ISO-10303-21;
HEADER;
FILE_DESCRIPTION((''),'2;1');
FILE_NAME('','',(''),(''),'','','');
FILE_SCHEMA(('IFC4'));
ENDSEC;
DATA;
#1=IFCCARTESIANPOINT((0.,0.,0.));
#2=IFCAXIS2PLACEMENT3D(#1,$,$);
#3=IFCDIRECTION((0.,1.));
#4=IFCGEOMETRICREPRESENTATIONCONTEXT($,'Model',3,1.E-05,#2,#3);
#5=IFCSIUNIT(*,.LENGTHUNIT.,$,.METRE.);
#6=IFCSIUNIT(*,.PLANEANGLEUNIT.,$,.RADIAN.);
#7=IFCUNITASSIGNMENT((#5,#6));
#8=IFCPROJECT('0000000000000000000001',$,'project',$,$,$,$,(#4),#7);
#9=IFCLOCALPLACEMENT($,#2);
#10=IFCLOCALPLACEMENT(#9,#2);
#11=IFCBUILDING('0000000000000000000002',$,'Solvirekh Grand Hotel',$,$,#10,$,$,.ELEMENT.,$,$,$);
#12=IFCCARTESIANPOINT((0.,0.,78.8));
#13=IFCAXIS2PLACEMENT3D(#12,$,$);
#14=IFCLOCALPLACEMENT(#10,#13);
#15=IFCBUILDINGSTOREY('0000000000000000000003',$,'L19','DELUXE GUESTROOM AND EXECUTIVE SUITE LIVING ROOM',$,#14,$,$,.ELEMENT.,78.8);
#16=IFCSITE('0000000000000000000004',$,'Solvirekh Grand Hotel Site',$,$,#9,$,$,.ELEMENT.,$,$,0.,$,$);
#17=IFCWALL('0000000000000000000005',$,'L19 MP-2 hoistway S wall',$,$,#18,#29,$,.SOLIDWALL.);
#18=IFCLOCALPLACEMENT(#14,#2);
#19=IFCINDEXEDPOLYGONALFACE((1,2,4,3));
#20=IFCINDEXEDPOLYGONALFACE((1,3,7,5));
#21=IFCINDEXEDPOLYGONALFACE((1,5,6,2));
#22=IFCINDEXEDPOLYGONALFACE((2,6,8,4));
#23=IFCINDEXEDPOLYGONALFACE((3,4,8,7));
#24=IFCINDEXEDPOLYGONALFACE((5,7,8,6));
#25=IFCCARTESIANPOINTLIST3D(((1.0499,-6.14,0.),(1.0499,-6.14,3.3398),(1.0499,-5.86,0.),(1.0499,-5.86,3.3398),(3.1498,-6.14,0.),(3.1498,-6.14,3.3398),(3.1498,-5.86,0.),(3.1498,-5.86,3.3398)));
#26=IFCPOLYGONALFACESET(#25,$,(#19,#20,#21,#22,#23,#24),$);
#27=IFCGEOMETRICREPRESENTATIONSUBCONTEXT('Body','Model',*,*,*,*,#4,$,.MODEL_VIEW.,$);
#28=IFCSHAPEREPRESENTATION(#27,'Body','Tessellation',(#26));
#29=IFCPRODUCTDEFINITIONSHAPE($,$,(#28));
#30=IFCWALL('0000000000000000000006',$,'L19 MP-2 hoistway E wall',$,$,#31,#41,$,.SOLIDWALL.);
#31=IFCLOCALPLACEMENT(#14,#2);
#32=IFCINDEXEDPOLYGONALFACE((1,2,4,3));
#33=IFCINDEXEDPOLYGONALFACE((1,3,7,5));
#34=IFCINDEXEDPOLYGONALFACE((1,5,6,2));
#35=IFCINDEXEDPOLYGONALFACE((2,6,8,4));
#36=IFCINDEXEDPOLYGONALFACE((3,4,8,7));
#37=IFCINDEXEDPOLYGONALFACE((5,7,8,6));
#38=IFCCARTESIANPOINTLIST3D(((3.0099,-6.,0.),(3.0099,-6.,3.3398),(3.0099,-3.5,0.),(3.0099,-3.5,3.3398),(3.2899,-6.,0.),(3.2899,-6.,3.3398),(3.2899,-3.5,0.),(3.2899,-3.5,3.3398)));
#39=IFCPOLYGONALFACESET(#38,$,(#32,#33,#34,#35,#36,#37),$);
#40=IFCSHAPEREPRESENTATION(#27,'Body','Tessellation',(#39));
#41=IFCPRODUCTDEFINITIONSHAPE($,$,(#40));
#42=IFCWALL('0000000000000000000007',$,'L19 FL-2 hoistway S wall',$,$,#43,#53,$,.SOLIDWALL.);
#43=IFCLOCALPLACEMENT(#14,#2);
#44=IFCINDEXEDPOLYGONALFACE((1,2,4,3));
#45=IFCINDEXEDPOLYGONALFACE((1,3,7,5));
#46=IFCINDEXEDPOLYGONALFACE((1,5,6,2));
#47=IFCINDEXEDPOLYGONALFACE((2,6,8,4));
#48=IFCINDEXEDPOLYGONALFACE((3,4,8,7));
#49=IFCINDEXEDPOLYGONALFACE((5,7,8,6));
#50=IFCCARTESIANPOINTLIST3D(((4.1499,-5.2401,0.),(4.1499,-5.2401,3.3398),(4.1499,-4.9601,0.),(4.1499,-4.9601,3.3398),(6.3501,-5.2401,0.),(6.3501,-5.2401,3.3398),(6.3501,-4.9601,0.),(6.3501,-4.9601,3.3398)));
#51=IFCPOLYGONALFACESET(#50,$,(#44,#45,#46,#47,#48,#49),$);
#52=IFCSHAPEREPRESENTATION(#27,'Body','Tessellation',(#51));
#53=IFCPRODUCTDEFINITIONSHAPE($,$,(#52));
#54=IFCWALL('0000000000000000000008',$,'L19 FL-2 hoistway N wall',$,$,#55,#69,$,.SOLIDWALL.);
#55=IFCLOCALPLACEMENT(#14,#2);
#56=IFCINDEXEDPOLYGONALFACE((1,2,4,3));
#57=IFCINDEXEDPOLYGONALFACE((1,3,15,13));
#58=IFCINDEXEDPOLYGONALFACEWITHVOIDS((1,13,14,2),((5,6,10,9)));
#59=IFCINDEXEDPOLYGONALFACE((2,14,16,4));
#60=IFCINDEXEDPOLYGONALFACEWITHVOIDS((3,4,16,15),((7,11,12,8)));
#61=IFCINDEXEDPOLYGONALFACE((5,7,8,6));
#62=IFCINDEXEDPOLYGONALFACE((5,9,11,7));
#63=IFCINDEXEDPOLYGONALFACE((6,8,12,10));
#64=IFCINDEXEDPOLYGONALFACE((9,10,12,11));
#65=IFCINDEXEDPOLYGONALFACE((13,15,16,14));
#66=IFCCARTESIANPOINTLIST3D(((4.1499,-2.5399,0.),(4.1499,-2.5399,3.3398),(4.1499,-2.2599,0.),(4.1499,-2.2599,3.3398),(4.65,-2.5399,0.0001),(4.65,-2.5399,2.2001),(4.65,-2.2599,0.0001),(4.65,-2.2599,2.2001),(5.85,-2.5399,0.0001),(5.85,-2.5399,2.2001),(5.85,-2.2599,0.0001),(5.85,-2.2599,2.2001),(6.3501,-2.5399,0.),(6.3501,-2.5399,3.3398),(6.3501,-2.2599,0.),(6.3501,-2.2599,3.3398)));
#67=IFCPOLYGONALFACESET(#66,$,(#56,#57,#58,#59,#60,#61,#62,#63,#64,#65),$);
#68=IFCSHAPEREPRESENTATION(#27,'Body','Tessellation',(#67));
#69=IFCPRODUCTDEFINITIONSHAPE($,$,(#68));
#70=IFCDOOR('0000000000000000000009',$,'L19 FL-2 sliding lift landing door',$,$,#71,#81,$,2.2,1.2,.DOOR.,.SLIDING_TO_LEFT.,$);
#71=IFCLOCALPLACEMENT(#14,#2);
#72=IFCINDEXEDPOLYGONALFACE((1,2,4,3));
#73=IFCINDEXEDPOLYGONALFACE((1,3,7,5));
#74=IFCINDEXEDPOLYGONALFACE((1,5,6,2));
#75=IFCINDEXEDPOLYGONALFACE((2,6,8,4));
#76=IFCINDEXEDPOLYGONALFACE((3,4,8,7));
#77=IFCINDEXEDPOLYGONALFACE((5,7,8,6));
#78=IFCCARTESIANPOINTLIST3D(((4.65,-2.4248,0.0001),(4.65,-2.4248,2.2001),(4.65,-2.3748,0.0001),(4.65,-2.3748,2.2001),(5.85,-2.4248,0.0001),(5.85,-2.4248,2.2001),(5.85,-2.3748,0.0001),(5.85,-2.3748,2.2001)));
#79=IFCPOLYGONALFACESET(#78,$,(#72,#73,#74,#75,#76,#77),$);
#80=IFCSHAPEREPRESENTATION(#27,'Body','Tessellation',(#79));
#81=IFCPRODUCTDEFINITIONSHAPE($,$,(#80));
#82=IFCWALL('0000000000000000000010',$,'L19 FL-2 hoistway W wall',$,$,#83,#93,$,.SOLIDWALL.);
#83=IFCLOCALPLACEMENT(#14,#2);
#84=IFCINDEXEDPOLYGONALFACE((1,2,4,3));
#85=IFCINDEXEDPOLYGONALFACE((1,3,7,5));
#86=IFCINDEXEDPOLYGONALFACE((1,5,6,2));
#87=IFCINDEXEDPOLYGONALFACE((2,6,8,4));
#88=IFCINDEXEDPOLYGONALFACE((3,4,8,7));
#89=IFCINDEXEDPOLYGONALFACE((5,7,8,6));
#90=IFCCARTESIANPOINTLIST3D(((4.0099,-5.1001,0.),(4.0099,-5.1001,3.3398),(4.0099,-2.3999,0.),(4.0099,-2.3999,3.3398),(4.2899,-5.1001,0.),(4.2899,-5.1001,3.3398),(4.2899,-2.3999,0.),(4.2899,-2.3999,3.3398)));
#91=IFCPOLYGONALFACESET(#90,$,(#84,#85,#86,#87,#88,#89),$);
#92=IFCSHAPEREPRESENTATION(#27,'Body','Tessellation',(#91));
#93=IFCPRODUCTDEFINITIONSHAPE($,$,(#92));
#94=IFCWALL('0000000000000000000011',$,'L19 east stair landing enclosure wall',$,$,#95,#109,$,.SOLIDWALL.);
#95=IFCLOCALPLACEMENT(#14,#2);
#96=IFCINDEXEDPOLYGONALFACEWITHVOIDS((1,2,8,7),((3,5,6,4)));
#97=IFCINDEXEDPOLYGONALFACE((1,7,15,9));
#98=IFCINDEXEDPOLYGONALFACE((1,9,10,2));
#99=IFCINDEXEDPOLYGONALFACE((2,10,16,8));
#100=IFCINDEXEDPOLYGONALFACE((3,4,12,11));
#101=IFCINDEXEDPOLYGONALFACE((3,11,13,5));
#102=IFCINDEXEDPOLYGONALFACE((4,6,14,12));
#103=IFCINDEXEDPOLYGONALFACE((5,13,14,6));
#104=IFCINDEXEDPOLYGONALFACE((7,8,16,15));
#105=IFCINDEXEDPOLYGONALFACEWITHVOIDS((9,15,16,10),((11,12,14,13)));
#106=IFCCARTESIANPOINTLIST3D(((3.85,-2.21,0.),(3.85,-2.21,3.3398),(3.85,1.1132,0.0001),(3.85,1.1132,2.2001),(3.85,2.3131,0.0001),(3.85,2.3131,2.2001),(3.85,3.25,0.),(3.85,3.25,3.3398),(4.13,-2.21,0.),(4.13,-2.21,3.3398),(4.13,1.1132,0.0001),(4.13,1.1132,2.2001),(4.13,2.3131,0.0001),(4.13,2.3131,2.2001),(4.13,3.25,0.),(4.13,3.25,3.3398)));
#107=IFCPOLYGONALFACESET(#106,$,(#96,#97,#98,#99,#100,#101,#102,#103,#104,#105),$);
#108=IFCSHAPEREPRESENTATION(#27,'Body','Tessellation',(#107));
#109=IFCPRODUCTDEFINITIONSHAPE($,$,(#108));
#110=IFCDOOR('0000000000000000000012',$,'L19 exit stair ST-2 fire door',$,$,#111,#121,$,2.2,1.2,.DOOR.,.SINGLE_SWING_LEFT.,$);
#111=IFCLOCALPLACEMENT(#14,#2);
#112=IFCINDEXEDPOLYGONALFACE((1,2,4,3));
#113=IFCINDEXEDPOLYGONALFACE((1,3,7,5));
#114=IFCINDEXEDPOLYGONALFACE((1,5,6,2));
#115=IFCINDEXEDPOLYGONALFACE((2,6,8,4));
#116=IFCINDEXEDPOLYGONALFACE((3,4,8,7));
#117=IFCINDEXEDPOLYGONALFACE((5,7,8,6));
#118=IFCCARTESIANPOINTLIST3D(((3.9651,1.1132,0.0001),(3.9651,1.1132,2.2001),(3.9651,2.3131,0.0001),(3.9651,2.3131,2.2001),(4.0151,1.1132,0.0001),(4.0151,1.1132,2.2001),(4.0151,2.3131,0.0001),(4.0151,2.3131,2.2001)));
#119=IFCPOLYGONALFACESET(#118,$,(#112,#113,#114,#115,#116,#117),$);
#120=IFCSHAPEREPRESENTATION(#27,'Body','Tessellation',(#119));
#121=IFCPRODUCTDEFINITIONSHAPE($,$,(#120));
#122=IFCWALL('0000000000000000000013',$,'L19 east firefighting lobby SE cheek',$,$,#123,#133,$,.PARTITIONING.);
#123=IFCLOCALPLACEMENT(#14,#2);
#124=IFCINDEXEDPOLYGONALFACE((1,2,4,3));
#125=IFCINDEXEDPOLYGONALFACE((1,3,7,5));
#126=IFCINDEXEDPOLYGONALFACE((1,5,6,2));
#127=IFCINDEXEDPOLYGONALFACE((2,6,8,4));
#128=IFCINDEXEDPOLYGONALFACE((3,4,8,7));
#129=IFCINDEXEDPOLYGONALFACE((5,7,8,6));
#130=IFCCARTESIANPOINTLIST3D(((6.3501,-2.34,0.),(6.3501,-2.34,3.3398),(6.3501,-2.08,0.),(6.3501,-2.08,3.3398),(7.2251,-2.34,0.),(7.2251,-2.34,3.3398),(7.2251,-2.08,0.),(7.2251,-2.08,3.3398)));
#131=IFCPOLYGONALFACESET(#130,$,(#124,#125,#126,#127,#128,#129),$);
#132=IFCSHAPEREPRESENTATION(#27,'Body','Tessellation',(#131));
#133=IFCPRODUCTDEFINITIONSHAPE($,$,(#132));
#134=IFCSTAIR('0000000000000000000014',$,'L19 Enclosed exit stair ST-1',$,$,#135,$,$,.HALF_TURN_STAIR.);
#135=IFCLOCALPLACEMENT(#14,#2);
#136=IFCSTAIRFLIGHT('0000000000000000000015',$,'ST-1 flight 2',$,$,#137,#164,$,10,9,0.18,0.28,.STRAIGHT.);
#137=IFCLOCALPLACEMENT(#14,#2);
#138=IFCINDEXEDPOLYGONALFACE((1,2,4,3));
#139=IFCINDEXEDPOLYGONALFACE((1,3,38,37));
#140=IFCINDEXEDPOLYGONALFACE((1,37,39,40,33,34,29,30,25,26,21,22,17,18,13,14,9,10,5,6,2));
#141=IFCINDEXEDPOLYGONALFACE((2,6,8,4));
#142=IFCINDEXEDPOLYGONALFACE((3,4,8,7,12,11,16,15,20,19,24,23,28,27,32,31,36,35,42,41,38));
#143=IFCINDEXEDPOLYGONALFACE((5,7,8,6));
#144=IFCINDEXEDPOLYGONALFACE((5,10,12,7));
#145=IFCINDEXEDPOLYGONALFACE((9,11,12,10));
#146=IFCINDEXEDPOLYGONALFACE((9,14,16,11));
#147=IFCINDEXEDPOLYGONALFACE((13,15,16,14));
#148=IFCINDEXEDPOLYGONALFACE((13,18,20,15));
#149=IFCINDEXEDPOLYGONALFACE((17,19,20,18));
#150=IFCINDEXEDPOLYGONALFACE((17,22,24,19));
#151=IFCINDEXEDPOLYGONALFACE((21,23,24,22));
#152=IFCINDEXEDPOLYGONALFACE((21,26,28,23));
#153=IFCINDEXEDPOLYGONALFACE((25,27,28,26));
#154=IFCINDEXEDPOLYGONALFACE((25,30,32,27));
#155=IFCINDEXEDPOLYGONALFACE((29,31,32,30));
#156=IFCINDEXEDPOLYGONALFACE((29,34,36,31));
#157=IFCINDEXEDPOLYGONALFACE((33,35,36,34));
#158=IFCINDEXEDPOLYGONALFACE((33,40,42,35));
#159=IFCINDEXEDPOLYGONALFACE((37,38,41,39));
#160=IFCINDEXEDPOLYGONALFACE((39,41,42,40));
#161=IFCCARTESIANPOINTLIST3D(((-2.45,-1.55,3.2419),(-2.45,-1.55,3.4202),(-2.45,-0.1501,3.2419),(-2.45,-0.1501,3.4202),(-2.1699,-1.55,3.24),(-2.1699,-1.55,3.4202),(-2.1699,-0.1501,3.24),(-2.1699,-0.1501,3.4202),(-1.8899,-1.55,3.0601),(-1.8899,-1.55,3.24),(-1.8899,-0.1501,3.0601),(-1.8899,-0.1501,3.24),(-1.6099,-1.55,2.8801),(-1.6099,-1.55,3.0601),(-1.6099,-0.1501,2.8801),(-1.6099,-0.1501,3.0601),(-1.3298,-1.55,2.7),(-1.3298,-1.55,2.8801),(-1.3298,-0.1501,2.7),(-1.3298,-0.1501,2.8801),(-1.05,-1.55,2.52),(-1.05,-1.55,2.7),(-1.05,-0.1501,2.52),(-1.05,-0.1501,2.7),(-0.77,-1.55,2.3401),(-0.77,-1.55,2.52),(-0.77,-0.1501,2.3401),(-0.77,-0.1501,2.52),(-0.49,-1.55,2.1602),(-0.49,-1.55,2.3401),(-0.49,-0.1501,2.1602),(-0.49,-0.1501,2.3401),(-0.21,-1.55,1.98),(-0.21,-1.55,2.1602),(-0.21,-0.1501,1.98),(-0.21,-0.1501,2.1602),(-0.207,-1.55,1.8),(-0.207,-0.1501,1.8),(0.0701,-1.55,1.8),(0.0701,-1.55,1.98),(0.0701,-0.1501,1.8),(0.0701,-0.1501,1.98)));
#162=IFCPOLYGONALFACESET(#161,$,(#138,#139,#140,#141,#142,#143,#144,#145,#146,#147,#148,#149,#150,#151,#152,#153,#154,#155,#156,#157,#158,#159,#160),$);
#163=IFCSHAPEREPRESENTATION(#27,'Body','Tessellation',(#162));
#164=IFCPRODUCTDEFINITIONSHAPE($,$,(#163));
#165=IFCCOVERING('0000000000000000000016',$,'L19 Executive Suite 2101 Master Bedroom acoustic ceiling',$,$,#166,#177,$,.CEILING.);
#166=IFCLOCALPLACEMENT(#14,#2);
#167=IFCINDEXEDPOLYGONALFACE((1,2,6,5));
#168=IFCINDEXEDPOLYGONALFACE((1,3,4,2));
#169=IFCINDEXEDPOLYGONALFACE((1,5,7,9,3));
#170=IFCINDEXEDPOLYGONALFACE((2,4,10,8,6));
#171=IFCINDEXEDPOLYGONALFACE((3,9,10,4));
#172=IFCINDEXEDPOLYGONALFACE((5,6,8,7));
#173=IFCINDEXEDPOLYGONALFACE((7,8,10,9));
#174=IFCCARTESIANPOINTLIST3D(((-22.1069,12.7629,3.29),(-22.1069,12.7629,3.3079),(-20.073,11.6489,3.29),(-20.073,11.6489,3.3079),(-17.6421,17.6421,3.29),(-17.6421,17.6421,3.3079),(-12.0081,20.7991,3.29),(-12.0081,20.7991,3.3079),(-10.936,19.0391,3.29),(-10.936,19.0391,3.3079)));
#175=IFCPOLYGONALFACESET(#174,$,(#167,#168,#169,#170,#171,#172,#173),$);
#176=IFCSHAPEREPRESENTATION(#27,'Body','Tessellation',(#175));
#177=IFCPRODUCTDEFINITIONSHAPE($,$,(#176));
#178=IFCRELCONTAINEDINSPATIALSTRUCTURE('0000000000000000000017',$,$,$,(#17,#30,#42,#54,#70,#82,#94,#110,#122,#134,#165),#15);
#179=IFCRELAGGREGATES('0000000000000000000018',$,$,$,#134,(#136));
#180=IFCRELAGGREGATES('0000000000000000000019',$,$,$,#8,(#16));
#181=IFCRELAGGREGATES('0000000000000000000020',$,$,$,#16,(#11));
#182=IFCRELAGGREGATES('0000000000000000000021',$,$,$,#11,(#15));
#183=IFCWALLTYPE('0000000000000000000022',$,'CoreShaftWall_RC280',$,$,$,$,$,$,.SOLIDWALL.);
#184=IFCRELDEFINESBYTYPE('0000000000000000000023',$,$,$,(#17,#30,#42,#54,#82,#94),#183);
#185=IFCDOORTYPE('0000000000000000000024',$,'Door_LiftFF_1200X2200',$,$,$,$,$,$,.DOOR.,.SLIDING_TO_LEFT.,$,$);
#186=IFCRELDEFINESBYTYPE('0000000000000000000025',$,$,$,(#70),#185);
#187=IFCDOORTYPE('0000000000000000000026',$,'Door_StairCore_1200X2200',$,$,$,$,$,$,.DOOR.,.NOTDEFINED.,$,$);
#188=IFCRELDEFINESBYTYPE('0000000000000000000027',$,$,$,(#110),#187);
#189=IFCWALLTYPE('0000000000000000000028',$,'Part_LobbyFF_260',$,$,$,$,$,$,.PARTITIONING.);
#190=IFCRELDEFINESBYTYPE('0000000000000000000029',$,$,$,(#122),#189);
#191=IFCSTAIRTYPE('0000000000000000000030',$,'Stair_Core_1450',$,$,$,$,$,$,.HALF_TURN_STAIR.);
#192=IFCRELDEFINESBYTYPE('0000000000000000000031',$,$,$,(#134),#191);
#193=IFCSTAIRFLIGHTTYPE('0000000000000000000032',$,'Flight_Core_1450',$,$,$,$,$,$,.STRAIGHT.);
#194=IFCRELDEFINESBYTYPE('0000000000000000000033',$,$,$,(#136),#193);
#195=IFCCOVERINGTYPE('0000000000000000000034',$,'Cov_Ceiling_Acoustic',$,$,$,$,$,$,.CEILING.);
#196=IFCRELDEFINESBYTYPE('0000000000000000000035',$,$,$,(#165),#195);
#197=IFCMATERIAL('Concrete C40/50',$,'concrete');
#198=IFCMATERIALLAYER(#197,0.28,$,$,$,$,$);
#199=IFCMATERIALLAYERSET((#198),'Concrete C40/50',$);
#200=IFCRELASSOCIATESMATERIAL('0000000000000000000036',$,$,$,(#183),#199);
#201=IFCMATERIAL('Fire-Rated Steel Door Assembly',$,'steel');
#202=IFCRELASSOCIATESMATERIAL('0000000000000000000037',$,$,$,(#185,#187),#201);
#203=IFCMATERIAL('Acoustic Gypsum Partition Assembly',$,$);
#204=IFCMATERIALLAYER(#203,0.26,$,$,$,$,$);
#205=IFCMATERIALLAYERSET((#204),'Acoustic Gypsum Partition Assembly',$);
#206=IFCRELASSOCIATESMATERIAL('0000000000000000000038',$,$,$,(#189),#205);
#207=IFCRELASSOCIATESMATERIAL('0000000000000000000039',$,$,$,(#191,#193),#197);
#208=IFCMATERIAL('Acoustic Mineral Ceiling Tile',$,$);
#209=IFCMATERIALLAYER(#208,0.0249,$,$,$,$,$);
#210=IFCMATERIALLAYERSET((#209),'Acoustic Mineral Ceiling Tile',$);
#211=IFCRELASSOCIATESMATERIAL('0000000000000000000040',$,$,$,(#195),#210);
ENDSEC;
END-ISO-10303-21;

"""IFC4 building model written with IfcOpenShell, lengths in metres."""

from ifc_helpers import new_model, si_unit, direction, frame, frame_2d, origin, place, context, subcontext, project, spatial, polyline, rectangle, outline, extrude, material, layer, layer_set, type_object, element, fill, aggregate, save


model = new_model("IFC4")

# Units and contexts
model_context = context("Model", 3, precision=1e-05, world=origin(), true_north=direction((0.0, 1.0)))
body_context = subcontext(model_context, "Body", "Model", "MODEL_VIEW")
ifc_project = project(units=[si_unit("LENGTHUNIT", "METRE"), si_unit("PLANEANGLEUNIT", "RADIAN")], contexts=[model_context])

# Site, building, storey
site_placement = place(None, origin())
site = spatial("IfcSite", under=ifc_project, at=site_placement, Name="Solvirekh Grand Hotel Site", CompositionType="ELEMENT", RefElevation=0.0)
building_placement = place(site_placement, origin())
building = spatial("IfcBuilding", under=site, at=building_placement, Name="Solvirekh Grand Hotel", CompositionType="ELEMENT")
storey_placement = place(building_placement, frame((0.0, 0.0, 78.8)))
storey = spatial("IfcBuildingStorey", under=building, at=storey_placement, Name="L19", Description="DELUXE GUESTROOM AND EXECUTIVE SUITE LIVING ROOM", CompositionType="ELEMENT", Elevation=78.8)

# Walls
ifc_material_1 = material(Name="Concrete C40/50", Category="concrete")
ifc_layer_1 = layer(ifc_material_1, 0.28)
ifc_layer_set_1 = layer_set([ifc_layer_1], Name="Concrete C40/50")
wall_type_1 = type_object("IfcWallType", Name="CoreShaftWall_RC280", PredefinedType="SOLIDWALL", material=ifc_layer_set_1)
wall_1_placement = place(storey_placement, frame((1.05, -6.0, 0.0), z_axis=(0.0, 0.0, 1.0), x_axis=(1.0, 0.0, 0.0)))
element("IfcWall", 1, at=wall_1_placement, inside=storey, type_object=wall_type_1, Name="L19 MP-2 hoistway S wall", PredefinedType="SOLIDWALL", context=body_context, shape_type="SweptSolid", body=[
    extrude(rectangle(XDim=2.0999, YDim=0.28, at=frame_2d((1.0498, 0.0))), origin(), (0.0, 0.0, 1.0), 3.3398),
])
wall_2_placement = place(storey_placement, frame((3.1499, -6.0, 0.0), z_axis=(0.0, 0.0, 1.0), x_axis=(0.0, 1.0, 0.0)))
element("IfcWall", 2, at=wall_2_placement, inside=storey, type_object=wall_type_1, Name="L19 MP-2 hoistway E wall", PredefinedType="SOLIDWALL", context=body_context, shape_type="SweptSolid", body=[
    extrude(rectangle(XDim=2.5, YDim=0.28, at=frame_2d((1.25, 0.0))), origin(), (0.0, 0.0, 1.0), 3.3398),
])
wall_3_placement = place(storey_placement, frame((4.1499, -5.1001, 0.0), z_axis=(0.0, 0.0, 1.0), x_axis=(1.0, 0.0, 0.0)))
element("IfcWall", 3, at=wall_3_placement, inside=storey, type_object=wall_type_1, Name="L19 FL-2 hoistway S wall", PredefinedType="SOLIDWALL", context=body_context, shape_type="SweptSolid", body=[
    extrude(rectangle(XDim=2.2002, YDim=0.28, at=frame_2d((1.1001, 0.0))), origin(), (0.0, 0.0, 1.0), 3.3398),
])

# Wall, opening, door
wall_4_placement = place(storey_placement, frame((6.3501, -2.3999, 0.0), z_axis=(0.0, 0.0, 1.0), x_axis=(-1.0, 0.0, 0.0)))
wall_4 = element("IfcWall", 4, at=wall_4_placement, inside=storey, type_object=wall_type_1, Name="L19 FL-2 hoistway N wall", PredefinedType="SOLIDWALL", context=body_context, shape_type="SweptSolid", body=[
    extrude(rectangle(XDim=2.2002, YDim=0.28, at=frame_2d((1.1001, 0.0))), origin(), (0.0, 0.0, 1.0), 3.3398),
])
opening_1_placement = place(wall_4_placement, frame((0.5, 0.0, 0.0)))
opening_1 = element("IfcOpeningElement", 5, at=opening_1_placement, cuts=wall_4, PredefinedType="OPENING", context=body_context, shape_type="SweptSolid", body=[
    extrude(rectangle(XDim=1.2, YDim=2.2, at=frame_2d((0.6001, 1.1001))), frame((0.0, 0.1499, 0.0), z_axis=(0.0, -1.0, 0.0), x_axis=(1.0, 0.0, 0.0)), (0.0, 0.0, 1.0), 0.3),
])
ifc_material_2 = material(Name="Fire-Rated Steel Door Assembly", Category="steel")
door_type_1 = type_object("IfcDoorType", Name="Door_LiftFF_1200X2200", OperationType="SLIDING_TO_LEFT", PredefinedType="DOOR", material=ifc_material_2)
door_1_placement = place(opening_1_placement, origin())
door_1 = element("IfcDoor", 6, at=door_1_placement, inside=storey, type_object=door_type_1, Name="L19 FL-2 sliding lift landing door", OperationType="SLIDING_TO_LEFT", OverallHeight=2.2, OverallWidth=1.2, PredefinedType="DOOR", context=body_context, shape_type="SweptSolid", body=[
    extrude(rectangle(XDim=1.2, YDim=2.2, at=frame_2d((0.6001, 1.1001))), frame((0.0, 0.0249, 0.0), z_axis=(0.0, -1.0, 0.0), x_axis=(1.0, 0.0, 0.0)), (0.0, 0.0, 1.0), 0.05),
])
fill(opening_1, door_1)

# Wall
wall_5_placement = place(storey_placement, frame((4.1499, -2.3999, 0.0), z_axis=(0.0, 0.0, 1.0), x_axis=(0.0, -1.0, 0.0)))
element("IfcWall", 7, at=wall_5_placement, inside=storey, type_object=wall_type_1, Name="L19 FL-2 hoistway W wall", PredefinedType="SOLIDWALL", context=body_context, shape_type="SweptSolid", body=[
    extrude(rectangle(XDim=2.7002, YDim=0.28, at=frame_2d((1.3501, 0.0))), origin(), (0.0, 0.0, 1.0), 3.3398),
])

# Wall, opening, door
wall_6_placement = place(storey_placement, frame((3.99, -2.21, 0.0), z_axis=(0.0, 0.0, 1.0), x_axis=(0.0, 1.0, 0.0)))
wall_6 = element("IfcWall", 8, at=wall_6_placement, inside=storey, type_object=wall_type_1, Name="L19 east stair landing enclosure wall", PredefinedType="SOLIDWALL", context=body_context, shape_type="SweptSolid", body=[
    extrude(rectangle(XDim=5.46, YDim=0.28, at=frame_2d((2.73, 0.0))), origin(), (0.0, 0.0, 1.0), 3.3398),
])
opening_2_placement = place(wall_6_placement, frame((3.323, 0.0, 0.0)))
opening_2 = element("IfcOpeningElement", 9, at=opening_2_placement, cuts=wall_6, PredefinedType="OPENING", context=body_context, shape_type="SweptSolid", body=[
    extrude(rectangle(XDim=1.2, YDim=2.2, at=frame_2d((0.6001, 1.1001))), frame((0.0, 0.1499, 0.0), z_axis=(0.0, -1.0, 0.0), x_axis=(1.0, 0.0, 0.0)), (0.0, 0.0, 1.0), 0.3),
])
door_type_2 = type_object("IfcDoorType", Name="Door_StairCore_1200X2200", OperationType="NOTDEFINED", PredefinedType="DOOR", material=ifc_material_2)
door_2_placement = place(opening_2_placement, origin())
door_2 = element("IfcDoor", 10, at=door_2_placement, inside=storey, type_object=door_type_2, Name="L19 exit stair ST-2 fire door", OperationType="SINGLE_SWING_LEFT", OverallHeight=2.2, OverallWidth=1.2, PredefinedType="DOOR", context=body_context, shape_type="SweptSolid", body=[
    extrude(rectangle(XDim=1.2, YDim=2.2, at=frame_2d((0.6001, 1.1001))), frame((0.0, 0.0249, 0.0), z_axis=(0.0, -1.0, 0.0), x_axis=(1.0, 0.0, 0.0)), (0.0, 0.0, 1.0), 0.05),
])
fill(opening_2, door_2)

# Wall
ifc_material_3 = material(Name="Acoustic Gypsum Partition Assembly")
ifc_layer_2 = layer(ifc_material_3, 0.26)
ifc_layer_set_2 = layer_set([ifc_layer_2], Name="Acoustic Gypsum Partition Assembly")
wall_type_2 = type_object("IfcWallType", Name="Part_LobbyFF_260", PredefinedType="PARTITIONING", material=ifc_layer_set_2)
wall_7_placement = place(storey_placement, frame((6.3501, -2.21, 0.0), z_axis=(0.0, 0.0, 1.0), x_axis=(1.0, 0.0, 0.0)))
element("IfcWall", 11, at=wall_7_placement, inside=storey, type_object=wall_type_2, Name="L19 east firefighting lobby SE cheek", PredefinedType="PARTITIONING", context=body_context, shape_type="SweptSolid", body=[
    extrude(rectangle(XDim=0.875, YDim=0.26, at=frame_2d((0.4375, 0.0))), origin(), (0.0, 0.0, 1.0), 3.3398),
])

# Stair, stair flight
stair_type = type_object("IfcStairType", Name="Stair_Core_1450", PredefinedType="HALF_TURN_STAIR", material=ifc_material_1)
stair_placement = place(storey_placement, origin())
stair = element("IfcStair", 12, at=stair_placement, inside=storey, type_object=stair_type, Name="L19 Enclosed exit stair ST-1", PredefinedType="HALF_TURN_STAIR")
stair_flight_type = type_object("IfcStairFlightType", Name="Flight_Core_1450", PredefinedType="STRAIGHT", material=ifc_material_1)
stair_flight_placement = place(storey_placement, frame((0.0701, -0.8501, 1.8), z_axis=(0.0, 0.0, 1.0), x_axis=(-1.0, 0.0, 0.0)))
stair_flight = element("IfcStairFlight", 13, at=stair_flight_placement, type_object=stair_flight_type, Name="ST-1 flight 2", NumberOfRisers=10, NumberOfTreads=9, PredefinedType="STRAIGHT", RiserHeight=0.18, TreadLength=0.28, context=body_context, shape_type="SweptSolid", body=[
    extrude(outline(polyline([(0.0, 0.0), (0.0, 0.1799), (0.28, 0.1799), (0.28, 0.3601), (0.5601, 0.3601), (0.5601, 0.54), (0.8401, 0.54), (0.8401, 0.72), (1.1201, 0.72), (1.1201, 0.8999), (1.3999, 0.8999), (1.3999, 1.0801), (1.6799, 1.0801), (1.6799, 1.26), (1.96, 1.26), (1.96, 1.4399), (2.24, 1.4399), (2.24, 1.6201), (2.52, 1.6201), (2.52, 1.8), (2.52, 1.4419), (0.2771, 0.0), (0.0, 0.0)])), frame((0.0, 0.7, 0.0), z_axis=(0.0, -1.0, 0.0), x_axis=(1.0, 0.0, 0.0)), (0.0, 0.0, 1.0), 1.3999),
])
aggregate(stair, [stair_flight])

# Covering
ifc_material_4 = material(Name="Acoustic Mineral Ceiling Tile")
ifc_layer_3 = layer(ifc_material_4, 0.0249)
ifc_layer_set_3 = layer_set([ifc_layer_3], Name="Acoustic Mineral Ceiling Tile")
covering_type_1 = type_object("IfcCoveringType", Name="Cov_Ceiling_Acoustic", PredefinedType="CEILING", material=ifc_layer_set_3)
covering_1_placement = place(storey_placement, frame((0.0, 0.0, 3.29)))
element("IfcCovering", 14, at=covering_1_placement, inside=storey, type_object=covering_type_1, Name="L19 Executive Suite 2101 Master Bedroom acoustic ceiling", PredefinedType="CEILING", context=body_context, shape_type="SweptSolid", body=[
    extrude(outline(polyline([(-12.0081, 20.7991), (-17.6421, 17.6421), (-22.1069, 12.7629), (-20.073, 11.6489), (-10.936, 19.0391), (-12.0081, 20.7991)])), origin(), (0.0, 0.0, 1.0), 0.0178),
])

save(model, "model.ifc")
